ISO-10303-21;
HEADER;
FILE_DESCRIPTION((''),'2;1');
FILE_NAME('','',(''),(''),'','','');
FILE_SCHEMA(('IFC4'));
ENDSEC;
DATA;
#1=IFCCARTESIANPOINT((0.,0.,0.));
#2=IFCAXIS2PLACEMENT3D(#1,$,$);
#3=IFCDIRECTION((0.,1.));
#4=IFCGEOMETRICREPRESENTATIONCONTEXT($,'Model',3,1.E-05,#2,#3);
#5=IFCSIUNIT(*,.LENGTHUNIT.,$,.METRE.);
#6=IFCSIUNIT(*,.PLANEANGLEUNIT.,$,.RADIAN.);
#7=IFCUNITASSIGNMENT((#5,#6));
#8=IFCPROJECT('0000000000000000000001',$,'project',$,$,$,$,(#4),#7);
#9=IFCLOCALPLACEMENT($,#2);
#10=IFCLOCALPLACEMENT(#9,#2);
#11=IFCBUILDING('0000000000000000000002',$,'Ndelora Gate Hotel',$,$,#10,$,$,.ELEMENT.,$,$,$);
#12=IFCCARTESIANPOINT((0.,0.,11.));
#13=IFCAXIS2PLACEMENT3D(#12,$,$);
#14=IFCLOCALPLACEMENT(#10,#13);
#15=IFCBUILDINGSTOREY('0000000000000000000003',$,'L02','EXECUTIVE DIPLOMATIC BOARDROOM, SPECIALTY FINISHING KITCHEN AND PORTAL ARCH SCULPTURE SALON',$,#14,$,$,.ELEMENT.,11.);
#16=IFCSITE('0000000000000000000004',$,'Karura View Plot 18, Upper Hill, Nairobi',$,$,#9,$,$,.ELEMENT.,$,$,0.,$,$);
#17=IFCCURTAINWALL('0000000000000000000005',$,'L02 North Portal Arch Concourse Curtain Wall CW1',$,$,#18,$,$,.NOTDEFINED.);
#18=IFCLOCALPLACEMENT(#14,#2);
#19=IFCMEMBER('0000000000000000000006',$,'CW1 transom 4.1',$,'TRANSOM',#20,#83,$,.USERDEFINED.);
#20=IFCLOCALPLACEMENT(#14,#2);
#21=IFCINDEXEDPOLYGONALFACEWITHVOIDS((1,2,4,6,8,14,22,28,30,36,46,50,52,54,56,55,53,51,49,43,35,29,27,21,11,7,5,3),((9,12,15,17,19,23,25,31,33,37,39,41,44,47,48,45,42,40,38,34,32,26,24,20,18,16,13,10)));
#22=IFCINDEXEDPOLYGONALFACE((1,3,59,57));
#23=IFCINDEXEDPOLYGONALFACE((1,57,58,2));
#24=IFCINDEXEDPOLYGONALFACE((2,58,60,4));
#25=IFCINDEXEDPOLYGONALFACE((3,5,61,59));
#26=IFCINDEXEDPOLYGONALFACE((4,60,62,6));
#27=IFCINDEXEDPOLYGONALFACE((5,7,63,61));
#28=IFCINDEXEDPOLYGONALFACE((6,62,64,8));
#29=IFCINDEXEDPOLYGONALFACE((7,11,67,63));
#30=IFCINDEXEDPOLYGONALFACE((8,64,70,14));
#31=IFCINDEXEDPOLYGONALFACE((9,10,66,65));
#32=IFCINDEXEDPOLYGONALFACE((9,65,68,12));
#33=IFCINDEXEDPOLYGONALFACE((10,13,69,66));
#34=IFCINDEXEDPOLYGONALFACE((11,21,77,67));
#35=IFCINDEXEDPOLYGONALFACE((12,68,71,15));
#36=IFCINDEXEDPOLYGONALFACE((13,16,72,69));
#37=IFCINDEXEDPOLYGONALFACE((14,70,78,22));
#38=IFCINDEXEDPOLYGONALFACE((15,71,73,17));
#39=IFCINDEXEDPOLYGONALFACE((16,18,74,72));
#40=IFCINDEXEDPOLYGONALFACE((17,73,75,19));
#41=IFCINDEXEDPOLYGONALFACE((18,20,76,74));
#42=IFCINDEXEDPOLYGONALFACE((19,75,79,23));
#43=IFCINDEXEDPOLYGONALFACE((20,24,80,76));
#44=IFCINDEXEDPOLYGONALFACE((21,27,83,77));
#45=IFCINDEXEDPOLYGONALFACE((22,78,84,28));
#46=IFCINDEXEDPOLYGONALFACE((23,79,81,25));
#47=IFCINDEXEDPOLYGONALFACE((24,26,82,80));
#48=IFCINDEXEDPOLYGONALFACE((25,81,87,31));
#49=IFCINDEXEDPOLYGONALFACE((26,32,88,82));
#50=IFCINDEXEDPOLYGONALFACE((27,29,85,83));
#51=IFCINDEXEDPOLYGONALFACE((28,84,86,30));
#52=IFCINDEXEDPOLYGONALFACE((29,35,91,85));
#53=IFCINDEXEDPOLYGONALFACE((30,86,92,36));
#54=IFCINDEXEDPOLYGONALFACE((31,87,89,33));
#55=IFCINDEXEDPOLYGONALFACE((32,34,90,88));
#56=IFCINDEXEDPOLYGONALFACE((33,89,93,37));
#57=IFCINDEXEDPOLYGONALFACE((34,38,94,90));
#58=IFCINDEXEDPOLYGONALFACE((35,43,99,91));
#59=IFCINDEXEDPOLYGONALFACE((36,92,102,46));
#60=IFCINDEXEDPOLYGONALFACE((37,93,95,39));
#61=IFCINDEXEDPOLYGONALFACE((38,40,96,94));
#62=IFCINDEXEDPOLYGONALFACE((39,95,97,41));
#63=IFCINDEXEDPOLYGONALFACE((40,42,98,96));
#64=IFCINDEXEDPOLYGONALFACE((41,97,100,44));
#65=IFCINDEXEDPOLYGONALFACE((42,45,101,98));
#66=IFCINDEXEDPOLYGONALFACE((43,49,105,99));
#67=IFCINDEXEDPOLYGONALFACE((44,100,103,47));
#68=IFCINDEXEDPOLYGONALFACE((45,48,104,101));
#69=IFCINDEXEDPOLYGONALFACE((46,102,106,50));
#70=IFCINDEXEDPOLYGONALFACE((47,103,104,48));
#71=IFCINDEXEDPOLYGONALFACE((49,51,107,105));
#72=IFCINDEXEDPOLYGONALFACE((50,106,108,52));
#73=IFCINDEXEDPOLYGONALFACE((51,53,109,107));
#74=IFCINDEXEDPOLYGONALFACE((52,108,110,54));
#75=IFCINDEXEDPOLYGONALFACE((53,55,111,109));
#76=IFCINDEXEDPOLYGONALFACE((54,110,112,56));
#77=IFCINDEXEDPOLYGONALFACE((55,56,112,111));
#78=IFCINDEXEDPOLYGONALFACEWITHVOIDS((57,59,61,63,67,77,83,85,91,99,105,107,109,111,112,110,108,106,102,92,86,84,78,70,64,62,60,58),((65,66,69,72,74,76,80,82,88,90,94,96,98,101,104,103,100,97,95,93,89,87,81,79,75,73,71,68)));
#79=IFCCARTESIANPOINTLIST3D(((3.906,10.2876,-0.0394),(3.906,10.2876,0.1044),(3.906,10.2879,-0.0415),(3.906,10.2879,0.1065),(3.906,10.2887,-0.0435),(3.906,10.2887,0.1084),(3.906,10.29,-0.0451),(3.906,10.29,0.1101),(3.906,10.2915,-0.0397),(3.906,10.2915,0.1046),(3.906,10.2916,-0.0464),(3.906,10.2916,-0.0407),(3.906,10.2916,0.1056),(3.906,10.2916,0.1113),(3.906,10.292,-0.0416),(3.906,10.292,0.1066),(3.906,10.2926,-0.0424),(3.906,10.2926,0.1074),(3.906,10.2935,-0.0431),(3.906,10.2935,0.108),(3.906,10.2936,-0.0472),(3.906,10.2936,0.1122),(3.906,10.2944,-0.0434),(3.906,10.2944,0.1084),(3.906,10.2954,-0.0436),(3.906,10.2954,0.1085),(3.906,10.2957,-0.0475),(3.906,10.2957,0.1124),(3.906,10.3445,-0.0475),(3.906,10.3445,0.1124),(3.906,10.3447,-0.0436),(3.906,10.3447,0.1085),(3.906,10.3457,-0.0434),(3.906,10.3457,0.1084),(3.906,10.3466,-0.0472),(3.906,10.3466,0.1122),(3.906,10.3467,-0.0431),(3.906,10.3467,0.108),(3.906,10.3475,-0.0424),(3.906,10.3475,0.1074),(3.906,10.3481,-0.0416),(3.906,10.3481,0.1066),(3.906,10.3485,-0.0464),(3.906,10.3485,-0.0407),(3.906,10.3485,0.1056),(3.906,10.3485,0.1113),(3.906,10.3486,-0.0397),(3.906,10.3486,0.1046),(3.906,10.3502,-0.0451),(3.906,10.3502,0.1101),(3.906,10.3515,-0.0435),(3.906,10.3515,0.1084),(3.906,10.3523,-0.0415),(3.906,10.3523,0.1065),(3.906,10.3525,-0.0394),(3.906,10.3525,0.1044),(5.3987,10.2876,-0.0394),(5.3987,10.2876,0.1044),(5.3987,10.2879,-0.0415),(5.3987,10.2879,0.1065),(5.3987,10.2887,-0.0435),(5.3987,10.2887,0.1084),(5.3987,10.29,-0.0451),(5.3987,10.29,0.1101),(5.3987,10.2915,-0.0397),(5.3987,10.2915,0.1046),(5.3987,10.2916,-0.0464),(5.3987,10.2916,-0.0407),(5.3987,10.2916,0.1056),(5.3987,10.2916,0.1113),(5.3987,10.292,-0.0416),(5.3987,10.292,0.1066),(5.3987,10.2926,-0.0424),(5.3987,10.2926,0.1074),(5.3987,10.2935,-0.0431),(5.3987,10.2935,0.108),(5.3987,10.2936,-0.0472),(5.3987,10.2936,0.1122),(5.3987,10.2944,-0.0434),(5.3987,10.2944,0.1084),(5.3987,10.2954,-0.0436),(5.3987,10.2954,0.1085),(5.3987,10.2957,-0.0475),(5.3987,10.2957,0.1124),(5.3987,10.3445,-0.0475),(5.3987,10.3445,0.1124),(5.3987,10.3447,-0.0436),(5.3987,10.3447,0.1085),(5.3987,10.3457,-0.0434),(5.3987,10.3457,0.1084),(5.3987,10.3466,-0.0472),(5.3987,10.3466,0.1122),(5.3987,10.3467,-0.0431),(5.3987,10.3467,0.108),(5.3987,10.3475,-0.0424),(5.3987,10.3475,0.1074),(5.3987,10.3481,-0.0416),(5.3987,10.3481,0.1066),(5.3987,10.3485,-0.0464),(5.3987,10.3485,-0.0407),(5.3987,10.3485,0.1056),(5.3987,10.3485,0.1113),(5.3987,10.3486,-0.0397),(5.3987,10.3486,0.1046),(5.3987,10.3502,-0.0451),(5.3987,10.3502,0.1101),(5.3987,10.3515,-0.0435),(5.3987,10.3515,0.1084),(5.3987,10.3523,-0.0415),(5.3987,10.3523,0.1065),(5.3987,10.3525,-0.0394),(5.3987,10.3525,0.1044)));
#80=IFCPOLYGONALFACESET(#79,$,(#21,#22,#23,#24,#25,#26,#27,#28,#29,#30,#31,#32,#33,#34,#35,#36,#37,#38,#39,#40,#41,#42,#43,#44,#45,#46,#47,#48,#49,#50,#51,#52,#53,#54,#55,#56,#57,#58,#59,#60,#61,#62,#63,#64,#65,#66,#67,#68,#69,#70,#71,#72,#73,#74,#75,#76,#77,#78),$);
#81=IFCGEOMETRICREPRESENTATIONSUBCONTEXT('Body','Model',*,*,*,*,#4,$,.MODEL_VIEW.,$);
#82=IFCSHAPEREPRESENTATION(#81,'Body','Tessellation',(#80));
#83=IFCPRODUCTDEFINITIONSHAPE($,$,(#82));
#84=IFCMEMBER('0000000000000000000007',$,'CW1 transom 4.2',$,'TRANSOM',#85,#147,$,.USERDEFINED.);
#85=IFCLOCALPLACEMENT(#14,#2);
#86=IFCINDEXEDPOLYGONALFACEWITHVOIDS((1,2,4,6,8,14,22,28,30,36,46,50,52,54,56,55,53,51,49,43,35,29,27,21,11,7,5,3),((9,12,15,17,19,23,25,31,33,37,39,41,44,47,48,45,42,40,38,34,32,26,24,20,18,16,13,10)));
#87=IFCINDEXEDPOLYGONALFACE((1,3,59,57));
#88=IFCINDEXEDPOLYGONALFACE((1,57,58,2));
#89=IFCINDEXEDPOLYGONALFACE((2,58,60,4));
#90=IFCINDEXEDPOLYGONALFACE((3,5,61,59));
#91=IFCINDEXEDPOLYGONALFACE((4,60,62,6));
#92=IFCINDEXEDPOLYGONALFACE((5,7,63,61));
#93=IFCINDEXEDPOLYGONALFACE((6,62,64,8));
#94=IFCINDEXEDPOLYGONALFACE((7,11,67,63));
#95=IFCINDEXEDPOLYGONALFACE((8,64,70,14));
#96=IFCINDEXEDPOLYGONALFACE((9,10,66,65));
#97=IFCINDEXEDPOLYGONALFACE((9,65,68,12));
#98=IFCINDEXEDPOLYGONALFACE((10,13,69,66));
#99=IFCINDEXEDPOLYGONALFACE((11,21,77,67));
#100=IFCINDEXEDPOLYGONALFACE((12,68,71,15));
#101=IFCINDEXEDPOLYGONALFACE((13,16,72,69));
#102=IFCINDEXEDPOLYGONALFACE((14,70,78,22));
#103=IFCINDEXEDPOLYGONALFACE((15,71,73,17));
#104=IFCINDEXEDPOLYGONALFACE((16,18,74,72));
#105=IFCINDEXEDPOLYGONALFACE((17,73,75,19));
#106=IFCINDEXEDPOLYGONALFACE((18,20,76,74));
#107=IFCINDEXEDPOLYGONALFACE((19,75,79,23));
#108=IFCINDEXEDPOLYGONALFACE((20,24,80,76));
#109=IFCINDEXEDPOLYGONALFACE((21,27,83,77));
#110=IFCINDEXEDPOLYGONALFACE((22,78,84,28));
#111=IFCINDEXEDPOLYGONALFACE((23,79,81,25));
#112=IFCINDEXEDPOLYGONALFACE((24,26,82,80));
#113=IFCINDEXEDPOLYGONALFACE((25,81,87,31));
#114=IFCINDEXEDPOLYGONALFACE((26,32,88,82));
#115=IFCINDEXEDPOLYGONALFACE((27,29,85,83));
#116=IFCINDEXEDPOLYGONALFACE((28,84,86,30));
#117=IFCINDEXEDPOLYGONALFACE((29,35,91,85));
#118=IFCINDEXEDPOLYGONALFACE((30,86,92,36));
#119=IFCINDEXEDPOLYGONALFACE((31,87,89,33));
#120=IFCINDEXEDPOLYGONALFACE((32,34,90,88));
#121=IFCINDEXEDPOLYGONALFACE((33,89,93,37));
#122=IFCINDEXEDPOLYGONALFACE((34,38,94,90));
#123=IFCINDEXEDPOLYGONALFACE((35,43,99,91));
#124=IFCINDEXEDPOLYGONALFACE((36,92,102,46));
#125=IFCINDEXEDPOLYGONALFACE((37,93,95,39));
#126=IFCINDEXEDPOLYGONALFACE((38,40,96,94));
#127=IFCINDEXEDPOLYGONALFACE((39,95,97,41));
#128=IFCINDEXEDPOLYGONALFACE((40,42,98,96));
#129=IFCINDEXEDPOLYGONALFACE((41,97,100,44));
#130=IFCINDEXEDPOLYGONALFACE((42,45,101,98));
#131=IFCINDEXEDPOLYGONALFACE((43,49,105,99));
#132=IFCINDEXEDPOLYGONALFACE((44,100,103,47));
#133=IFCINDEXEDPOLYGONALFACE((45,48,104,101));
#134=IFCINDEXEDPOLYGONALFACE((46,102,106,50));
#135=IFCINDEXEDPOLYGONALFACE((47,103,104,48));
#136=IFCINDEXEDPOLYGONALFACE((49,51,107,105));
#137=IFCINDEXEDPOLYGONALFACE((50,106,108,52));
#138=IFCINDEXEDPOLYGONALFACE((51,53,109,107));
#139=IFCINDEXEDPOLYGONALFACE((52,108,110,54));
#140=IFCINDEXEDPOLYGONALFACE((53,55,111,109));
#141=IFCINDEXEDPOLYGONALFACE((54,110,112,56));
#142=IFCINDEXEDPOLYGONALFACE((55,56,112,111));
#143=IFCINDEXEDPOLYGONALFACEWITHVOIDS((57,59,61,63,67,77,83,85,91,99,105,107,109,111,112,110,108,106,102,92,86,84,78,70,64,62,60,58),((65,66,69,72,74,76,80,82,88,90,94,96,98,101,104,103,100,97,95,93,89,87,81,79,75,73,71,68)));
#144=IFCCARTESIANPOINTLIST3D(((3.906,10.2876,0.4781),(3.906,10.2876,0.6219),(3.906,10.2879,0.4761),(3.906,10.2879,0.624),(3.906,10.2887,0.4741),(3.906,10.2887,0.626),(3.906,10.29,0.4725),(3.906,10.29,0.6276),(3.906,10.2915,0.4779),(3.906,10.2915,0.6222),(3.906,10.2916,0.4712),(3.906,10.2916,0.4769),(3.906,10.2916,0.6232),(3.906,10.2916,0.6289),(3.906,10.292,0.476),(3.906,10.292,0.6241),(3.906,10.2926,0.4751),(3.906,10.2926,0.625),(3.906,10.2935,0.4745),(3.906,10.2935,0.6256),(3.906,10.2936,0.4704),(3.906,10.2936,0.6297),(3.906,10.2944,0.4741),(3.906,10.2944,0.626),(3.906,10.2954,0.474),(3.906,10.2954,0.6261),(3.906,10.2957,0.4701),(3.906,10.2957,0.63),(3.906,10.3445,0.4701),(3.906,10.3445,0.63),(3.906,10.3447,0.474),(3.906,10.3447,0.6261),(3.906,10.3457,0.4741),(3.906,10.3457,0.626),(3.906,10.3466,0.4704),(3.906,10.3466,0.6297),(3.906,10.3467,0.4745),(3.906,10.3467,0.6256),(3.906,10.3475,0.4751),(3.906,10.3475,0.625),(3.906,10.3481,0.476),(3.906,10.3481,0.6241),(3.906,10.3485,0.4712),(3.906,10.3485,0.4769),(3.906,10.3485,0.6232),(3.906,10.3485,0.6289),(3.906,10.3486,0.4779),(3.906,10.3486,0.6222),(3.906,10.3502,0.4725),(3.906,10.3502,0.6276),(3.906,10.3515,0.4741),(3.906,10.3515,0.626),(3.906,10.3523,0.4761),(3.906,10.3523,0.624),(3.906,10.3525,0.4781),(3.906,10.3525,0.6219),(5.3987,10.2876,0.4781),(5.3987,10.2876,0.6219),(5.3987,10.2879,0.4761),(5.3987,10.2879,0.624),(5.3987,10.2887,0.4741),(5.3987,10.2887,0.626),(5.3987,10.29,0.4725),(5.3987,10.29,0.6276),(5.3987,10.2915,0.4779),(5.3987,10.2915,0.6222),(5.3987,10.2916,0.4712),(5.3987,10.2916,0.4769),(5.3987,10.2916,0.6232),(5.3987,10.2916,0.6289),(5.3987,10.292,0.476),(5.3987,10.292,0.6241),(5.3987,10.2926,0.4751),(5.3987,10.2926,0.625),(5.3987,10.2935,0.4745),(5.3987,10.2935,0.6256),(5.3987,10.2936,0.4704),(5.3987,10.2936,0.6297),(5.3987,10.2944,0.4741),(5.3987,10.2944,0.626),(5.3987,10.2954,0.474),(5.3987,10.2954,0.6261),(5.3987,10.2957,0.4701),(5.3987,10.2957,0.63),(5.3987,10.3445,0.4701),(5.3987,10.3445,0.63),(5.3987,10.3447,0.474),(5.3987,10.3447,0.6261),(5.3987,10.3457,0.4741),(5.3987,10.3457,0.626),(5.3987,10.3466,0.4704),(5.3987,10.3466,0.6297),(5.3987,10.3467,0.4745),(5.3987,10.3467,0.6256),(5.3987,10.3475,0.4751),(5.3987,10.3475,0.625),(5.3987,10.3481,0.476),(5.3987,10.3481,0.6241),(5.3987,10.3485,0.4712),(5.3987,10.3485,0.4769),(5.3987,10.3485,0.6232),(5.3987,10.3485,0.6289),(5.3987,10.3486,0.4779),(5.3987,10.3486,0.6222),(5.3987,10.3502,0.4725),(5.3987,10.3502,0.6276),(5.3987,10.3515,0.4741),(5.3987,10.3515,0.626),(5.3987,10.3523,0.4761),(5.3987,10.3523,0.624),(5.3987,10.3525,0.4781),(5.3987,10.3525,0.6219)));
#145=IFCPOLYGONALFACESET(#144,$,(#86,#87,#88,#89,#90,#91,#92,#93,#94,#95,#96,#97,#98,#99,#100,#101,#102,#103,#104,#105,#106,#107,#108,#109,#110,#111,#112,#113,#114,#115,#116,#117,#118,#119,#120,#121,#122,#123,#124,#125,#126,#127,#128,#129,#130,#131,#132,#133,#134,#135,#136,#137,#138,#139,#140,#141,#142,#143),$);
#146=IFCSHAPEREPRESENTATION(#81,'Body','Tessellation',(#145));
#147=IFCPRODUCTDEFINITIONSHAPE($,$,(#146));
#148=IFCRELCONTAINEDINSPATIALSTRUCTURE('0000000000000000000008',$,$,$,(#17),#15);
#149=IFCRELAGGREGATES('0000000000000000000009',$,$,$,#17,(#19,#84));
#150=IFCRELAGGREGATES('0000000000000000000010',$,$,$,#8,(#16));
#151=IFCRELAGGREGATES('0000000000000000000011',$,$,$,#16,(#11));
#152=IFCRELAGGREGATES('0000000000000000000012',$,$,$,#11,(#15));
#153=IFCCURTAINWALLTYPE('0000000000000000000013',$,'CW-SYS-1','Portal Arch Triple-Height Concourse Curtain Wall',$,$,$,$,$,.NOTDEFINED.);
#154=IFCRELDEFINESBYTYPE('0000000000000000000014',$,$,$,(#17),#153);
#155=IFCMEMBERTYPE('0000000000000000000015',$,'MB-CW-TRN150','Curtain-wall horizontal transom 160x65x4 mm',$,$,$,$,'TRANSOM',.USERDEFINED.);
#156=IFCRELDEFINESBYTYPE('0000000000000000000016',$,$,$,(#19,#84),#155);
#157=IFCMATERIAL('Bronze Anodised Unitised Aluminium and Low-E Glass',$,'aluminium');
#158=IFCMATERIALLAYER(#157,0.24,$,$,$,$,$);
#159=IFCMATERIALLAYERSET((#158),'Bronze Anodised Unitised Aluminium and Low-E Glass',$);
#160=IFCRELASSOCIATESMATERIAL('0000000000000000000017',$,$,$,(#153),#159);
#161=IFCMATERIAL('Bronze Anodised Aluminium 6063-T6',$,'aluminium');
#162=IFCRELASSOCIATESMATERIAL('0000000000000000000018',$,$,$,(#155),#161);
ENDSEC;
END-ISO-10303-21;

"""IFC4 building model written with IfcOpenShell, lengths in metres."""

from ifc_helpers import new_model, si_unit, direction, frame, origin, origin_2d, place, context, subcontext, project, spatial, hollow_rectangle, extrude, material, layer, layer_set, material_profile, profile_set, type_object, element, aggregate, save


model = new_model("IFC4")

# Units and contexts
model_context = context("Model", 3, precision=1e-05, world=origin(), true_north=direction((0.0, 1.0)))
body_context = subcontext(model_context, "Body", "Model", "MODEL_VIEW")
ifc_project = project(units=[si_unit("LENGTHUNIT", "METRE"), si_unit("PLANEANGLEUNIT", "RADIAN")], contexts=[model_context])

# Site, building, storey
site_placement = place(None, origin())
site = spatial("IfcSite", under=ifc_project, at=site_placement, Name="Karura View Plot 18, Upper Hill, Nairobi", CompositionType="ELEMENT", RefElevation=0.0)
building_placement = place(site_placement, origin())
building = spatial("IfcBuilding", under=site, at=building_placement, Name="Ndelora Gate Hotel", CompositionType="ELEMENT")
storey_placement = place(building_placement, frame((0.0, 0.0, 11.0)))
storey = spatial("IfcBuildingStorey", under=building, at=storey_placement, Name="L02", Description="EXECUTIVE DIPLOMATIC BOARDROOM, SPECIALTY FINISHING KITCHEN AND PORTAL ARCH SCULPTURE SALON", CompositionType="ELEMENT", Elevation=11.0)

# Curtain wall, members
ifc_material_1 = material(Name="Bronze Anodised Unitised Aluminium and Low-E Glass", Category="aluminium")
ifc_layer_1 = layer(ifc_material_1, 0.24)
ifc_layer_set_1 = layer_set([ifc_layer_1], Name="Bronze Anodised Unitised Aluminium and Low-E Glass")
curtain_wall_type = type_object("IfcCurtainWallType", Name="CW-SYS-1", Description="Portal Arch Triple-Height Concourse Curtain Wall", PredefinedType="NOTDEFINED", material=ifc_layer_set_1)
curtain_wall_placement = place(storey_placement, origin())
curtain_wall = element("IfcCurtainWall", 1, at=curtain_wall_placement, inside=storey, type_object=curtain_wall_type, Name="L02 North Portal Arch Concourse Curtain Wall CW1", PredefinedType="NOTDEFINED")
ifc_material_2 = material(Name="Bronze Anodised Aluminium 6063-T6", Category="aluminium")
ifc_material_profile_1 = material_profile(ifc_material_2, hollow_rectangle(XDim=0.0649, YDim=0.1599, WallThickness=0.0039, InnerFilletRadius=0.0039, OuterFilletRadius=0.0081, at=origin_2d()), Name="ALU 160x65x4")
ifc_profile_set_1 = profile_set([ifc_material_profile_1], Name="Bronze Anodised Aluminium 6063-T6")
member_type_1 = type_object("IfcMemberType", Name="MB-CW-TRN150", Description="Curtain-wall horizontal transom 160x65x4 mm", ElementType="TRANSOM", PredefinedType="USERDEFINED", material=ifc_profile_set_1)
member_1_placement = place(storey_placement, frame((5.3987, 10.3201, 0.0325), z_axis=(-1.0, 0.0, 0.0), x_axis=(0.0, -1.0, 0.0)))
member_1 = element("IfcMember", 2, at=member_1_placement, type_object=member_type_1, Name="CW1 transom 4.1", ObjectType="TRANSOM", PredefinedType="USERDEFINED", context=body_context, shape_type="SweptSolid", body=[
    extrude(hollow_rectangle(XDim=0.0649, YDim=0.1599, WallThickness=0.0039, InnerFilletRadius=0.0039, OuterFilletRadius=0.0081, at=origin_2d()), origin(), (0.0, 0.0, 1.0), 1.4927),
])
member_2_placement = place(storey_placement, frame((5.3987, 10.3201, 0.55), z_axis=(-1.0, 0.0, 0.0), x_axis=(0.0, -1.0, 0.0)))
member_2 = element("IfcMember", 3, at=member_2_placement, type_object=member_type_1, Name="CW1 transom 4.2", ObjectType="TRANSOM", PredefinedType="USERDEFINED", context=body_context, shape_type="SweptSolid", body=[
    extrude(hollow_rectangle(XDim=0.0649, YDim=0.1599, WallThickness=0.0039, InnerFilletRadius=0.0039, OuterFilletRadius=0.0081, at=origin_2d()), origin(), (0.0, 0.0, 1.0), 1.4927),
])
aggregate(curtain_wall, [member_1, member_2])

save(model, "model.ifc")
